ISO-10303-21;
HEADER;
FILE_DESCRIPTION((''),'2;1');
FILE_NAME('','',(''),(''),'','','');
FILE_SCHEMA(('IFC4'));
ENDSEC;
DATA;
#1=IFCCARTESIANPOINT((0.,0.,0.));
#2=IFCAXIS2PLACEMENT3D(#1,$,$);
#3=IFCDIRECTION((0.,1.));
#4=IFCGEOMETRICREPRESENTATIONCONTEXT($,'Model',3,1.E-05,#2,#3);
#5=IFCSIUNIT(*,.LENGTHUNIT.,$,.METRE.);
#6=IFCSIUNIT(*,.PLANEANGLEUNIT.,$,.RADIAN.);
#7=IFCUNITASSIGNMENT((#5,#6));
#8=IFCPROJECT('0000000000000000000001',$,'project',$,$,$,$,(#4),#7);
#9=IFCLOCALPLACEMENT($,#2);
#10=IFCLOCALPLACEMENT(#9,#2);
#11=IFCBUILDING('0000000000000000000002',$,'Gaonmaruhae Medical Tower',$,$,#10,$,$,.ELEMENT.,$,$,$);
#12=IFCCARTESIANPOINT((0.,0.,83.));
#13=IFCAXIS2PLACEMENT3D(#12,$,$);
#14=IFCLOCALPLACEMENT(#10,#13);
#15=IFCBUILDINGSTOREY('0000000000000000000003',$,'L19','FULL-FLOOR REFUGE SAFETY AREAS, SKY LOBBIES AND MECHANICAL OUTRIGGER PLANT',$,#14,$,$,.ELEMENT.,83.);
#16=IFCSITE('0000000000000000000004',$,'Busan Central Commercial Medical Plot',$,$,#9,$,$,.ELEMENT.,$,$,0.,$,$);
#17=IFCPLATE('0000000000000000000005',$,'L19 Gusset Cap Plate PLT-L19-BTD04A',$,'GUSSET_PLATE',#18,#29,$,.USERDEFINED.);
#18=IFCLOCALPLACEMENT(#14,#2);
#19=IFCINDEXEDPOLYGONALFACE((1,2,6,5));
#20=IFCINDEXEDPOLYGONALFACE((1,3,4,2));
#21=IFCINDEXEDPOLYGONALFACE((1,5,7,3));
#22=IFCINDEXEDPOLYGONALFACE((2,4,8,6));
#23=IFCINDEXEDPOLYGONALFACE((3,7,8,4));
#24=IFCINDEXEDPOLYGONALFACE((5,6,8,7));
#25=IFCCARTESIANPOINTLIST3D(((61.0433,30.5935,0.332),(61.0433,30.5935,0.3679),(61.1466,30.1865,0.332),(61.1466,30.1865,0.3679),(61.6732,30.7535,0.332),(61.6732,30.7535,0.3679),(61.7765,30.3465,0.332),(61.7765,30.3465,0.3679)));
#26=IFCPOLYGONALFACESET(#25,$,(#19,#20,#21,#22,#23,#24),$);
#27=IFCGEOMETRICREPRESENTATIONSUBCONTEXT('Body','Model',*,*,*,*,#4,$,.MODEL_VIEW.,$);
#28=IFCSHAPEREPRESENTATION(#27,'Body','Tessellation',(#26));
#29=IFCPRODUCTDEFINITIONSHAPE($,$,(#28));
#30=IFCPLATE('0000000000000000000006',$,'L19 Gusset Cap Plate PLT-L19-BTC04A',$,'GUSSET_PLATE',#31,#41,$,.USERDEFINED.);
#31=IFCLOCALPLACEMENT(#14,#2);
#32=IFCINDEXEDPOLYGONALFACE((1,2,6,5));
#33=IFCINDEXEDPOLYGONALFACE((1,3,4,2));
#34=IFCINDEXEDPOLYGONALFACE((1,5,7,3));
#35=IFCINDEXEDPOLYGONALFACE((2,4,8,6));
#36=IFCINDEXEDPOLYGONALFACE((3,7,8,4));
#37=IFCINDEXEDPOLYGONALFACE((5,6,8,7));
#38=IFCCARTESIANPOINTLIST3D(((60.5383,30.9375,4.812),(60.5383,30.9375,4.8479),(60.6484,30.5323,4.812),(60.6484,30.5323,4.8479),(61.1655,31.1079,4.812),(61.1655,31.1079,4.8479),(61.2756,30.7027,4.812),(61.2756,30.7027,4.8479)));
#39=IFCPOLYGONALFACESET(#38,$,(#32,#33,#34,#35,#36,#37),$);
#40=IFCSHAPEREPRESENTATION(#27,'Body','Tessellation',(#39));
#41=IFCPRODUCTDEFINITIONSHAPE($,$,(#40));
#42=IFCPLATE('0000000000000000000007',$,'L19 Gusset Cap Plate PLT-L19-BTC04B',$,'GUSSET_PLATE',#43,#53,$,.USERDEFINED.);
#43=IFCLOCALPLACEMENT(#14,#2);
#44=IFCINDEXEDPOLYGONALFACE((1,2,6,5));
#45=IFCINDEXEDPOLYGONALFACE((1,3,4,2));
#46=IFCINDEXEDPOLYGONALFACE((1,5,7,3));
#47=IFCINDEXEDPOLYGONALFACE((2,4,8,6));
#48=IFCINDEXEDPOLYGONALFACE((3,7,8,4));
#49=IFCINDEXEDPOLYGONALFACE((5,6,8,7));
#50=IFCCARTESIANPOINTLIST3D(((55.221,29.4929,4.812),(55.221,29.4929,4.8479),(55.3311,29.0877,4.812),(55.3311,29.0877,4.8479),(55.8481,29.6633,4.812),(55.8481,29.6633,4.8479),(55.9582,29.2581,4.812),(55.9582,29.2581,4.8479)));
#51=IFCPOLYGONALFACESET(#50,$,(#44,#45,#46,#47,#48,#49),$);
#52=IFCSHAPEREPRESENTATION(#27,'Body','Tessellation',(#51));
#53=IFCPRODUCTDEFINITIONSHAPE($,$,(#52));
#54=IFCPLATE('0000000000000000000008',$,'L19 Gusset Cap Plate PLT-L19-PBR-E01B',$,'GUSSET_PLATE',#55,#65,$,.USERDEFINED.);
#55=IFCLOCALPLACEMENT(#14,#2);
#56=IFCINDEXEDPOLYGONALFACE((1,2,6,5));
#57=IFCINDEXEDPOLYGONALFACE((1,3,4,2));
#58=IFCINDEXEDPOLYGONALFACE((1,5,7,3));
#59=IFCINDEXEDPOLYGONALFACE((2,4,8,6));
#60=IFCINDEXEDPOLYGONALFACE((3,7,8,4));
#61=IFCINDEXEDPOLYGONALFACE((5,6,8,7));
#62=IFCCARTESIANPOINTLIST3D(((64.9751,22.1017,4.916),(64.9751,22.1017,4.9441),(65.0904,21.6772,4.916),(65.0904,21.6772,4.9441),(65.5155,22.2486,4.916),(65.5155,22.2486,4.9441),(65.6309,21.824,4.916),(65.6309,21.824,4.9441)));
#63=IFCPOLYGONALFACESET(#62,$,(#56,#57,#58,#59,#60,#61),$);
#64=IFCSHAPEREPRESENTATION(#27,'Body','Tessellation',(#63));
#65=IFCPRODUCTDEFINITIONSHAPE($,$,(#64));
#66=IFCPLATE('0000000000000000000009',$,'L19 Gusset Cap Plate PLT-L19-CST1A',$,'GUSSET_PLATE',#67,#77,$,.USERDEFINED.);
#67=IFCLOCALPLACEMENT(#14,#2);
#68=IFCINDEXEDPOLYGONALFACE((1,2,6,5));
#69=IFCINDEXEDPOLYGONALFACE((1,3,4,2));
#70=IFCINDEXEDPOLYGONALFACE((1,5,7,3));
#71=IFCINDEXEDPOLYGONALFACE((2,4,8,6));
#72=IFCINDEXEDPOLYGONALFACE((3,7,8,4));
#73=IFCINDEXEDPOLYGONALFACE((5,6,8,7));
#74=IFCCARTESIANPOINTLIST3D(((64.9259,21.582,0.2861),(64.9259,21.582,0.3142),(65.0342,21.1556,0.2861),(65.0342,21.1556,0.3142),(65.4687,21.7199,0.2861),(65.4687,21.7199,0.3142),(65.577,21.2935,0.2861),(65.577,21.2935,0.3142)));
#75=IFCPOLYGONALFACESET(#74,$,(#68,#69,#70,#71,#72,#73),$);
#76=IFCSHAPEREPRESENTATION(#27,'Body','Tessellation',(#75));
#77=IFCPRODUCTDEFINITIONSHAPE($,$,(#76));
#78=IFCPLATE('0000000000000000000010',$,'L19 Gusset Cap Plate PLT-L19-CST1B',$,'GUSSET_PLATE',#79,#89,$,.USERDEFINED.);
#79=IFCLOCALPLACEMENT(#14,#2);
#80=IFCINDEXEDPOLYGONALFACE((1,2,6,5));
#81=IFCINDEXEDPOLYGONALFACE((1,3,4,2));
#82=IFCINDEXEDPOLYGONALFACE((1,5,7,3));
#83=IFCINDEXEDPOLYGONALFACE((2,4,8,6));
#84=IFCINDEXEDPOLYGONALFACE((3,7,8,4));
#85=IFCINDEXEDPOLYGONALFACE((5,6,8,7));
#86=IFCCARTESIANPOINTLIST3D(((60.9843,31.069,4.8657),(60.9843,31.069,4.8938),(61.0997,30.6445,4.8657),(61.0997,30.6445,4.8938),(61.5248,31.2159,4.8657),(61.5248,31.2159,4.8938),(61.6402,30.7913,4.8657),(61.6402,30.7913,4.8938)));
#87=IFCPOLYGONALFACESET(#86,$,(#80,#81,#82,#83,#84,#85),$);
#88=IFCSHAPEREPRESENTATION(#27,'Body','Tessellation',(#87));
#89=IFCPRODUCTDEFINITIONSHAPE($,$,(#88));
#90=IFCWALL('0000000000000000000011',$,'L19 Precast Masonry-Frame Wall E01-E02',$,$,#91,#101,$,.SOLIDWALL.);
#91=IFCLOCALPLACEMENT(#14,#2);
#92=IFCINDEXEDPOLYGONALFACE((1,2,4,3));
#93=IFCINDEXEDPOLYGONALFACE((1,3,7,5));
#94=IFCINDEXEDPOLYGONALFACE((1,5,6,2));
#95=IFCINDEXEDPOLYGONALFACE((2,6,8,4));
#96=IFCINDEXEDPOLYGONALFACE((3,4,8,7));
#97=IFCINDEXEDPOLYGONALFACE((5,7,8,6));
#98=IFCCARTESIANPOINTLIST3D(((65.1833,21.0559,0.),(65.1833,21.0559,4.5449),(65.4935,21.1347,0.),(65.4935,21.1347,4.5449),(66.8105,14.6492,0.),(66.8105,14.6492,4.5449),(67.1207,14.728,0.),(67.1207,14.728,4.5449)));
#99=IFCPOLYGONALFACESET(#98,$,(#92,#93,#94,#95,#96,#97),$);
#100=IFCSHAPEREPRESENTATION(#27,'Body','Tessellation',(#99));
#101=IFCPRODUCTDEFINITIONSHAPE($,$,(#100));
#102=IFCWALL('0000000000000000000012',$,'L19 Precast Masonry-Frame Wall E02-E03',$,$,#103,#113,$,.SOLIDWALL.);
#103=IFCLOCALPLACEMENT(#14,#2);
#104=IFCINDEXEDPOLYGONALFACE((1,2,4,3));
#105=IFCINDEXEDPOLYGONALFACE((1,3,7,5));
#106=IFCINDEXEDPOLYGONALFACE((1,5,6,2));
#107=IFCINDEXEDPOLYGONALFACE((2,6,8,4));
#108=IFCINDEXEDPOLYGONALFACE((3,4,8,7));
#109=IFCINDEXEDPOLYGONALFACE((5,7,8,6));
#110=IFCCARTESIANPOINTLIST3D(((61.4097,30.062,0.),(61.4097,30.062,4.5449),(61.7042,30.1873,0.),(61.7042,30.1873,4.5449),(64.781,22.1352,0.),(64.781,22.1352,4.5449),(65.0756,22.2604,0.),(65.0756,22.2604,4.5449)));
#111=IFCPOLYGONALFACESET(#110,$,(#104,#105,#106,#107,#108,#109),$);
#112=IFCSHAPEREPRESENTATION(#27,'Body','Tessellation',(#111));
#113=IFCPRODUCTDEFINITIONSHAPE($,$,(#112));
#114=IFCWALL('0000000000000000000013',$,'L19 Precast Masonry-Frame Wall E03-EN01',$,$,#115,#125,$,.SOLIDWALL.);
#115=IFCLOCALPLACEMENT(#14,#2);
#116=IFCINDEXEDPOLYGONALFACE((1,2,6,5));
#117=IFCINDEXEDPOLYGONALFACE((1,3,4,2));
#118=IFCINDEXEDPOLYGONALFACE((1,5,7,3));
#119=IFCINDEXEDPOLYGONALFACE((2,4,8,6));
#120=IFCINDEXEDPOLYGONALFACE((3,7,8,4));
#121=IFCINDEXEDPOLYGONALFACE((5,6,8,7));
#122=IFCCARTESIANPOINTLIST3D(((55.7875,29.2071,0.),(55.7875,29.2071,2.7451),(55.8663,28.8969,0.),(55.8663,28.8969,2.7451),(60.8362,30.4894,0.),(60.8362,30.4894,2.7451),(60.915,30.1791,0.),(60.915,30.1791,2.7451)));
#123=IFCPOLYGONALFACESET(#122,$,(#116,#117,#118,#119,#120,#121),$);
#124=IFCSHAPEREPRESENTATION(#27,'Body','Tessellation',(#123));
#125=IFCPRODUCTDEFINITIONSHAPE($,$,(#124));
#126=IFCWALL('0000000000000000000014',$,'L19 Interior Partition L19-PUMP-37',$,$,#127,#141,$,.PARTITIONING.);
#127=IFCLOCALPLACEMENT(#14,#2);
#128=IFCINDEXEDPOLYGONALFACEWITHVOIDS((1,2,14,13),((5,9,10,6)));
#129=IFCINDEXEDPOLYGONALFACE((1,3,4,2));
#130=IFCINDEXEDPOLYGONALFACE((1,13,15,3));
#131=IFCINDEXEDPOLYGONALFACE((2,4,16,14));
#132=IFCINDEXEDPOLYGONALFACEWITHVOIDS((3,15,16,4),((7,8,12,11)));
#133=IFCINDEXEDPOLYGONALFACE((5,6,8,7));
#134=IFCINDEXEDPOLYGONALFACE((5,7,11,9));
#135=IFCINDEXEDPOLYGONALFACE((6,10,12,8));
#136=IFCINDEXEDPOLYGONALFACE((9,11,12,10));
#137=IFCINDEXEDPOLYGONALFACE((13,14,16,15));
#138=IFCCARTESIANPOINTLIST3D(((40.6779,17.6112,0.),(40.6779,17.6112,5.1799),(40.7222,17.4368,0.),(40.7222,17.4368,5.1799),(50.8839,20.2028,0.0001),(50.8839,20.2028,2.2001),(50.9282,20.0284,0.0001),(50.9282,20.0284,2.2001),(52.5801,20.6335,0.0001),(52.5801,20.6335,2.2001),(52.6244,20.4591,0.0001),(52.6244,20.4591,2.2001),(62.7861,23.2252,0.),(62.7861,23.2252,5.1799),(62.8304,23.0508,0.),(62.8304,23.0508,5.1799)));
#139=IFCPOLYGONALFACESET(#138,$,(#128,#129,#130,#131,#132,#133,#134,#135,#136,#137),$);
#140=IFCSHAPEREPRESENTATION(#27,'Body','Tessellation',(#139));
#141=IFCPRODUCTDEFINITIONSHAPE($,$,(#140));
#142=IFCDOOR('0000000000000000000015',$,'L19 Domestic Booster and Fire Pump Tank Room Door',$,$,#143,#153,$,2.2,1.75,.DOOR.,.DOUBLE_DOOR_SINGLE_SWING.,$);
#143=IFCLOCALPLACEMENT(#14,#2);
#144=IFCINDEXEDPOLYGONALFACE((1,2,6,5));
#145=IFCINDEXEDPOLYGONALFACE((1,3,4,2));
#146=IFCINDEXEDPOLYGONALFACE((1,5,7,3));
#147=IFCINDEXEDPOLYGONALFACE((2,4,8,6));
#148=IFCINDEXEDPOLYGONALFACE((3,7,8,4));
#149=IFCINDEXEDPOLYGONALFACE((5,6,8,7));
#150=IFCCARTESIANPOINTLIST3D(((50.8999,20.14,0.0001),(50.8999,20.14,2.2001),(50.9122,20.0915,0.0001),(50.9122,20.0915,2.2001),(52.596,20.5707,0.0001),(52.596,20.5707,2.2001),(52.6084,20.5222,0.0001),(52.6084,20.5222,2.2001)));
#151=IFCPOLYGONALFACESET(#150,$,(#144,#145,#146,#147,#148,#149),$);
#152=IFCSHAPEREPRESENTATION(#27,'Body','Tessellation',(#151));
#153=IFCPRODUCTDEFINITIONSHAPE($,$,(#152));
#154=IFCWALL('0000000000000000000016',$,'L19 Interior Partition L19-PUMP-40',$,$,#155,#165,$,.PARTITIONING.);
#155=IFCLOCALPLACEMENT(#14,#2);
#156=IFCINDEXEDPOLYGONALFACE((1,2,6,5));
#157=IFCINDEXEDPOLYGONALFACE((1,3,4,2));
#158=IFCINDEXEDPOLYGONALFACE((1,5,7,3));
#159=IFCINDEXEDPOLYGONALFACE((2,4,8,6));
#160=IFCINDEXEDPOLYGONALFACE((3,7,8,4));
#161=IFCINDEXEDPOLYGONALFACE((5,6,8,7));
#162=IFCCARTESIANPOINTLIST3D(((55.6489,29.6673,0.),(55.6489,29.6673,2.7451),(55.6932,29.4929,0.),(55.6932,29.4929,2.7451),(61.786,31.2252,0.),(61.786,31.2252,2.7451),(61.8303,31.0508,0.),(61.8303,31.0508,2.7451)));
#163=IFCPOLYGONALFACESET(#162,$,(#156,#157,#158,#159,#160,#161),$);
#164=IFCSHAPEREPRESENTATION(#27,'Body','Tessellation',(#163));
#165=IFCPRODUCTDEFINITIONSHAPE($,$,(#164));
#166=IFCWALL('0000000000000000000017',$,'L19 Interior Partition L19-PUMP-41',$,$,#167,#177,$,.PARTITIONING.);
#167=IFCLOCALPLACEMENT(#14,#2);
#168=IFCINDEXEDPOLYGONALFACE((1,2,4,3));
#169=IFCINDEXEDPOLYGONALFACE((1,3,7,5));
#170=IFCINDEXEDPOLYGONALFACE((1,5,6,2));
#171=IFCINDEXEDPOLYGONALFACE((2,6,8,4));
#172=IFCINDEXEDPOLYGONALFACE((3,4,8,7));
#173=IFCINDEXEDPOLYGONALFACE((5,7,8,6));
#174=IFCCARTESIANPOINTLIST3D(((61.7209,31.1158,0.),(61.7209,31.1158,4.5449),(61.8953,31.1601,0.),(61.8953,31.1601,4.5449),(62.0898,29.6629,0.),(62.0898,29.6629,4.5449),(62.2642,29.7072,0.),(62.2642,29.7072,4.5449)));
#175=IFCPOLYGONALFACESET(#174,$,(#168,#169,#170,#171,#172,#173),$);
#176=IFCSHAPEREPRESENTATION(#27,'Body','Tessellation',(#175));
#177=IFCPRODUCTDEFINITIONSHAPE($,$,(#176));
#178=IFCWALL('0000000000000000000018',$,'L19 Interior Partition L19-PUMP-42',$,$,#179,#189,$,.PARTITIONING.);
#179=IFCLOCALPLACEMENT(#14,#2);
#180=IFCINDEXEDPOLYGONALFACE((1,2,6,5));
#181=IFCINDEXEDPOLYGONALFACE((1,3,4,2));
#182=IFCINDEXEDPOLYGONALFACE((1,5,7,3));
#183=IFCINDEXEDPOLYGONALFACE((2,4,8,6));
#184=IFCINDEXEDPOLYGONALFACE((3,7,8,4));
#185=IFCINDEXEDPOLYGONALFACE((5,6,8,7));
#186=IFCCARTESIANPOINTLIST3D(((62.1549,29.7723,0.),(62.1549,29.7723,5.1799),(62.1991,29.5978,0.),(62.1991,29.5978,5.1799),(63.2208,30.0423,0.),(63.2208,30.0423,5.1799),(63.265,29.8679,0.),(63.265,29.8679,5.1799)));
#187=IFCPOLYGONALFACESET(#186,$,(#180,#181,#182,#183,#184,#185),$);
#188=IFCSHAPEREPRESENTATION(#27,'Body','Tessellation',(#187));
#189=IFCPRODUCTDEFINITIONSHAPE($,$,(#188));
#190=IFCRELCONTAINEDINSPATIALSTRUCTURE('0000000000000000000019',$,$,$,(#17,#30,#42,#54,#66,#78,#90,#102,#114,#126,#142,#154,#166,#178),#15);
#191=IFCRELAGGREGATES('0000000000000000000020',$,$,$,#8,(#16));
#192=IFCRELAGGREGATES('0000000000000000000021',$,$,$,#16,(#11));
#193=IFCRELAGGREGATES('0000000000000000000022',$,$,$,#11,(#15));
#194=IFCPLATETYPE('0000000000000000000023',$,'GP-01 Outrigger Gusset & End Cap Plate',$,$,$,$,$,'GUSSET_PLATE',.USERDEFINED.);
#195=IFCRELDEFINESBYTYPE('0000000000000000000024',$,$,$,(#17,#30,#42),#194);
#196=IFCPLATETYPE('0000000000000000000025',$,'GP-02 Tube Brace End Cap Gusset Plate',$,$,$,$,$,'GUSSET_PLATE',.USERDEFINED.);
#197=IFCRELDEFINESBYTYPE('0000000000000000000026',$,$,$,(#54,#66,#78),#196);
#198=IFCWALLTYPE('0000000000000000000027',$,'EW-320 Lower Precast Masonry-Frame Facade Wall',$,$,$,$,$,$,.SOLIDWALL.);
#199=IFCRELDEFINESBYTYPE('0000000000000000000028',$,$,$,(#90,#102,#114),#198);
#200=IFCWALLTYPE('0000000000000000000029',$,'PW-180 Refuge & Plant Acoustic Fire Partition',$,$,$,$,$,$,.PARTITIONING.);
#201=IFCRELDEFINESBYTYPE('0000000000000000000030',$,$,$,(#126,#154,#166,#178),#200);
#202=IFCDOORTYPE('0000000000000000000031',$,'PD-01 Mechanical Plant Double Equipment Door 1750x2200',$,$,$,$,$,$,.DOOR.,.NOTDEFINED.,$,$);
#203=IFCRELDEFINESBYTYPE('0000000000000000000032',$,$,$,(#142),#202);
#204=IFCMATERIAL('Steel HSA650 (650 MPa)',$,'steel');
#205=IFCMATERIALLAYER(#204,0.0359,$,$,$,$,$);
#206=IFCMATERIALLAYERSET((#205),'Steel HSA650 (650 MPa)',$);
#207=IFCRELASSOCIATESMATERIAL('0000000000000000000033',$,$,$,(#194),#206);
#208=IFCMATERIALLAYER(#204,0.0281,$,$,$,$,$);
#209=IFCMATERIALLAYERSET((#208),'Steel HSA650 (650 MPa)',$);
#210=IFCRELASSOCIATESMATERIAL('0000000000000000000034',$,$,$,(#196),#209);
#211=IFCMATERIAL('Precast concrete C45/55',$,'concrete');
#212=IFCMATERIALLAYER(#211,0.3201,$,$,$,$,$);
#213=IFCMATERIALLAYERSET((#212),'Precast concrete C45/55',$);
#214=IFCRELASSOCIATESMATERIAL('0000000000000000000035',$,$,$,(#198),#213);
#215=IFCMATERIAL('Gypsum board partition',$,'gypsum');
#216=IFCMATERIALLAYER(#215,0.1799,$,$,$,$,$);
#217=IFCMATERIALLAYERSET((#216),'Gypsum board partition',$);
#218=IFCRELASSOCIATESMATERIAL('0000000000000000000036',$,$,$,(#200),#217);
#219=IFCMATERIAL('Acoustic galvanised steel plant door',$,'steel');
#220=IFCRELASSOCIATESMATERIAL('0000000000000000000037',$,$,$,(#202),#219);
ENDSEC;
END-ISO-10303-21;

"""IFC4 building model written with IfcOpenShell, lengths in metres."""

from ifc_helpers import new_model, si_unit, direction, frame, frame_2d, origin, origin_2d, place, context, subcontext, project, spatial, rectangle, extrude, material, layer, layer_set, type_object, element, fill, save


model = new_model("IFC4")

# Units and contexts
model_context = context("Model", 3, precision=1e-05, world=origin(), true_north=direction((0.0, 1.0)))
body_context = subcontext(model_context, "Body", "Model", "MODEL_VIEW")
ifc_project = project(units=[si_unit("LENGTHUNIT", "METRE"), si_unit("PLANEANGLEUNIT", "RADIAN")], contexts=[model_context])

# Site, building, storey
site_placement = place(None, origin())
site = spatial("IfcSite", under=ifc_project, at=site_placement, Name="Busan Central Commercial Medical Plot", CompositionType="ELEMENT", RefElevation=0.0)
building_placement = place(site_placement, origin())
building = spatial("IfcBuilding", under=site, at=building_placement, Name="Gaonmaruhae Medical Tower", CompositionType="ELEMENT")
storey_placement = place(building_placement, frame((0.0, 0.0, 83.0)))
storey = spatial("IfcBuildingStorey", under=building, at=storey_placement, Name="L19", Description="FULL-FLOOR REFUGE SAFETY AREAS, SKY LOBBIES AND MECHANICAL OUTRIGGER PLANT", CompositionType="ELEMENT", Elevation=83.0)

# Shared definitions
ifc_material_1 = material(Name="Steel HSA650 (650 MPa)", Category="steel")

# Plates
ifc_layer_1 = layer(ifc_material_1, 0.0359)
ifc_layer_set_1 = layer_set([ifc_layer_1], Name="Steel HSA650 (650 MPa)")
plate_type_1 = type_object("IfcPlateType", Name="GP-01 Outrigger Gusset & End Cap Plate", ElementType="GUSSET_PLATE", PredefinedType="USERDEFINED", material=ifc_layer_set_1)
for number, where, z_axis, x_axis, name in (
    (1, (61.4099, 30.47, 0.332), (0.0, 0.0, 1.0), (0.969231, 0.246153, 0.0), "L19 Gusset Cap Plate PLT-L19-BTD04A"),
    (2, (60.907, 30.8201, 4.812), (0.0, 0.0, 1.0), (0.965016, 0.262189, 0.0), "L19 Gusset Cap Plate PLT-L19-BTC04A"),
    (3, (55.5896, 29.3755, 4.812), (0.0, 0.0, 1.0), (0.965016, 0.262189, 0.0), "L19 Gusset Cap Plate PLT-L19-BTC04B"),
):
    element("IfcPlate", number, at=place(storey_placement, frame(where, z_axis=z_axis, x_axis=x_axis)), inside=storey, type_object=plate_type_1, Name=name, ObjectType="GUSSET_PLATE", PredefinedType="USERDEFINED", context=body_context, shape_type="SweptSolid", body=[
        extrude(rectangle(XDim=0.6499, YDim=0.4199, at=origin_2d()), origin(), (0.0, 0.0, 1.0), 0.0359),
    ])
ifc_layer_2 = layer(ifc_material_1, 0.0281)
ifc_layer_set_2 = layer_set([ifc_layer_2], Name="Steel HSA650 (650 MPa)")
plate_type_2 = type_object("IfcPlateType", Name="GP-02 Tube Brace End Cap Gusset Plate", ElementType="GUSSET_PLATE", PredefinedType="USERDEFINED", material=ifc_layer_set_2)
for number, where, z_axis, x_axis, name in (
    (4, (65.303, 21.9629, 4.916), (0.0, 0.0, 1.0), (0.965016, 0.262189, 0.0), "L19 Gusset Cap Plate PLT-L19-PBR-E01B"),
    (5, (65.2515, 21.4377, 0.2861), (0.0, 0.0, 1.0), (0.969231, 0.246153, 0.0), "L19 Gusset Cap Plate PLT-L19-CST1A"),
    (6, (61.3123, 30.9302, 4.8657), (0.0, 0.0, 1.0), (0.965016, 0.262189, 0.0), "L19 Gusset Cap Plate PLT-L19-CST1B"),
):
    element("IfcPlate", number, at=place(storey_placement, frame(where, z_axis=z_axis, x_axis=x_axis)), inside=storey, type_object=plate_type_2, Name=name, ObjectType="GUSSET_PLATE", PredefinedType="USERDEFINED", context=body_context, shape_type="SweptSolid", body=[
        extrude(rectangle(XDim=0.5601, YDim=0.4399, at=origin_2d()), origin(), (0.0, 0.0, 1.0), 0.0281),
    ])

# Walls
ifc_material_2 = material(Name="Precast concrete C45/55", Category="concrete")
ifc_layer_3 = layer(ifc_material_2, 0.3201)
ifc_layer_set_3 = layer_set([ifc_layer_3], Name="Precast concrete C45/55")
wall_type_1 = type_object("IfcWallType", Name="EW-320 Lower Precast Masonry-Frame Facade Wall", PredefinedType="SOLIDWALL", material=ifc_layer_set_3)
wall_1_placement = place(storey_placement, frame((65.3384, 21.0955, 0.0), z_axis=(0.0, 0.0, 1.0), x_axis=(0.246167, -0.969228, 0.0)))
element("IfcWall", 7, at=wall_1_placement, inside=storey, type_object=wall_type_1, Name="L19 Precast Masonry-Frame Wall E01-E02", PredefinedType="SOLIDWALL", context=body_context, shape_type="SweptSolid", body=[
    extrude(rectangle(XDim=6.6101, YDim=0.3201, at=frame_2d((3.3052, 0.0))), origin(), (0.0, 0.0, 1.0), 4.5449),
])
wall_2_placement = place(storey_placement, frame((61.5569, 30.1248, 0.0), z_axis=(0.0, 0.0, 1.0), x_axis=(0.391383, -0.920228, 0.0)))
element("IfcWall", 8, at=wall_2_placement, inside=storey, type_object=wall_type_1, Name="L19 Precast Masonry-Frame Wall E02-E03", PredefinedType="SOLIDWALL", context=body_context, shape_type="SweptSolid", body=[
    extrude(rectangle(XDim=8.614, YDim=0.3201, at=frame_2d((4.3071, 0.0))), origin(), (0.0, 0.0, 1.0), 4.5449),
])
wall_3_placement = place(storey_placement, frame((55.8269, 29.052, 0.0), z_axis=(0.0, 0.0, 1.0), x_axis=(0.969229, 0.246162, 0.0)))
element("IfcWall", 9, at=wall_3_placement, inside=storey, type_object=wall_type_1, Name="L19 Precast Masonry-Frame Wall E03-EN01", PredefinedType="SOLIDWALL", context=body_context, shape_type="SweptSolid", body=[
    extrude(rectangle(XDim=5.209, YDim=0.3201, at=frame_2d((2.6045, 0.0))), origin(), (0.0, 0.0, 1.0), 2.7451),
])

# Wall, opening, door
ifc_material_3 = material(Name="Gypsum board partition", Category="gypsum")
ifc_layer_4 = layer(ifc_material_3, 0.1799)
ifc_layer_set_4 = layer_set([ifc_layer_4], Name="Gypsum board partition")
wall_type_2 = type_object("IfcWallType", Name="PW-180 Refuge & Plant Acoustic Fire Partition", PredefinedType="PARTITIONING", material=ifc_layer_set_4)
wall_4_placement = place(storey_placement, frame((62.8081, 23.1379, 0.0), z_axis=(0.0, 0.0, 1.0), x_axis=(-0.969239, -0.246123, 0.0)))
wall_4 = element("IfcWall", 10, at=wall_4_placement, inside=storey, type_object=wall_type_2, Name="L19 Interior Partition L19-PUMP-37", PredefinedType="PARTITIONING", context=body_context, shape_type="SweptSolid", body=[
    extrude(rectangle(XDim=22.8098, YDim=0.1799, at=frame_2d((11.4048, 0.0))), origin(), (0.0, 0.0, 1.0), 5.1799),
])
opening_placement = place(wall_4_placement, frame((10.5298, 0.0, 0.0)))
opening = element("IfcOpeningElement", 11, at=opening_placement, cuts=wall_4, PredefinedType="OPENING", context=body_context, shape_type="SweptSolid", body=[
    extrude(rectangle(XDim=1.75, YDim=2.2, at=frame_2d((0.875, 1.1001))), frame((0.0, 0.1001, 0.0), z_axis=(0.0, -1.0, 0.0), x_axis=(1.0, 0.0, 0.0)), (0.0, 0.0, 1.0), 0.2),
])
ifc_material_4 = material(Name="Acoustic galvanised steel plant door", Category="steel")
door_type = type_object("IfcDoorType", Name="PD-01 Mechanical Plant Double Equipment Door 1750x2200", OperationType="NOTDEFINED", PredefinedType="DOOR", material=ifc_material_4)
door_placement = place(opening_placement, origin())
door = element("IfcDoor", 12, at=door_placement, inside=storey, type_object=door_type, Name="L19 Domestic Booster and Fire Pump Tank Room Door", OperationType="DOUBLE_DOOR_SINGLE_SWING", OverallHeight=2.2, OverallWidth=1.75, PredefinedType="DOOR", context=body_context, shape_type="SweptSolid", body=[
    extrude(rectangle(XDim=1.75, YDim=2.2, at=frame_2d((0.875, 1.1001))), frame((0.0, 0.0249, 0.0), z_axis=(0.0, -1.0, 0.0), x_axis=(1.0, 0.0, 0.0)), (0.0, 0.0, 1.0), 0.05),
])
fill(opening, door)

# Walls
wall_5_placement = place(storey_placement, frame((55.6709, 29.5801, 0.0), z_axis=(0.0, 0.0, 1.0), x_axis=(0.969261, 0.246036, 0.0)))
element("IfcWall", 13, at=wall_5_placement, inside=storey, type_object=wall_type_2, Name="L19 Interior Partition L19-PUMP-40", PredefinedType="PARTITIONING", context=body_context, shape_type="SweptSolid", body=[
    extrude(rectangle(XDim=6.3318, YDim=0.1799, at=frame_2d((3.166, 0.0))), origin(), (0.0, 0.0, 1.0), 2.7451),
])
wall_6_placement = place(storey_placement, frame((61.8081, 31.1379, 0.0), z_axis=(0.0, 0.0, 1.0), x_axis=(0.246098, -0.969245, 0.0)))
element("IfcWall", 14, at=wall_6_placement, inside=storey, type_object=wall_type_2, Name="L19 Interior Partition L19-PUMP-41", PredefinedType="PARTITIONING", context=body_context, shape_type="SweptSolid", body=[
    extrude(rectangle(XDim=1.499, YDim=0.1799, at=frame_2d((0.7495, 0.0))), origin(), (0.0, 0.0, 1.0), 4.5449),
])
wall_7_placement = place(storey_placement, frame((62.177, 29.6851, 0.0), z_axis=(0.0, 0.0, 1.0), x_axis=(0.96938, 0.245564, 0.0)))
element("IfcWall", 15, at=wall_7_placement, inside=storey, type_object=wall_type_2, Name="L19 Interior Partition L19-PUMP-42", PredefinedType="PARTITIONING", context=body_context, shape_type="SweptSolid", body=[
    extrude(rectangle(XDim=1.0996, YDim=0.1799, at=frame_2d((0.5498, 0.0))), origin(), (0.0, 0.0, 1.0), 5.1799),
])

save(model, "model.ifc")
